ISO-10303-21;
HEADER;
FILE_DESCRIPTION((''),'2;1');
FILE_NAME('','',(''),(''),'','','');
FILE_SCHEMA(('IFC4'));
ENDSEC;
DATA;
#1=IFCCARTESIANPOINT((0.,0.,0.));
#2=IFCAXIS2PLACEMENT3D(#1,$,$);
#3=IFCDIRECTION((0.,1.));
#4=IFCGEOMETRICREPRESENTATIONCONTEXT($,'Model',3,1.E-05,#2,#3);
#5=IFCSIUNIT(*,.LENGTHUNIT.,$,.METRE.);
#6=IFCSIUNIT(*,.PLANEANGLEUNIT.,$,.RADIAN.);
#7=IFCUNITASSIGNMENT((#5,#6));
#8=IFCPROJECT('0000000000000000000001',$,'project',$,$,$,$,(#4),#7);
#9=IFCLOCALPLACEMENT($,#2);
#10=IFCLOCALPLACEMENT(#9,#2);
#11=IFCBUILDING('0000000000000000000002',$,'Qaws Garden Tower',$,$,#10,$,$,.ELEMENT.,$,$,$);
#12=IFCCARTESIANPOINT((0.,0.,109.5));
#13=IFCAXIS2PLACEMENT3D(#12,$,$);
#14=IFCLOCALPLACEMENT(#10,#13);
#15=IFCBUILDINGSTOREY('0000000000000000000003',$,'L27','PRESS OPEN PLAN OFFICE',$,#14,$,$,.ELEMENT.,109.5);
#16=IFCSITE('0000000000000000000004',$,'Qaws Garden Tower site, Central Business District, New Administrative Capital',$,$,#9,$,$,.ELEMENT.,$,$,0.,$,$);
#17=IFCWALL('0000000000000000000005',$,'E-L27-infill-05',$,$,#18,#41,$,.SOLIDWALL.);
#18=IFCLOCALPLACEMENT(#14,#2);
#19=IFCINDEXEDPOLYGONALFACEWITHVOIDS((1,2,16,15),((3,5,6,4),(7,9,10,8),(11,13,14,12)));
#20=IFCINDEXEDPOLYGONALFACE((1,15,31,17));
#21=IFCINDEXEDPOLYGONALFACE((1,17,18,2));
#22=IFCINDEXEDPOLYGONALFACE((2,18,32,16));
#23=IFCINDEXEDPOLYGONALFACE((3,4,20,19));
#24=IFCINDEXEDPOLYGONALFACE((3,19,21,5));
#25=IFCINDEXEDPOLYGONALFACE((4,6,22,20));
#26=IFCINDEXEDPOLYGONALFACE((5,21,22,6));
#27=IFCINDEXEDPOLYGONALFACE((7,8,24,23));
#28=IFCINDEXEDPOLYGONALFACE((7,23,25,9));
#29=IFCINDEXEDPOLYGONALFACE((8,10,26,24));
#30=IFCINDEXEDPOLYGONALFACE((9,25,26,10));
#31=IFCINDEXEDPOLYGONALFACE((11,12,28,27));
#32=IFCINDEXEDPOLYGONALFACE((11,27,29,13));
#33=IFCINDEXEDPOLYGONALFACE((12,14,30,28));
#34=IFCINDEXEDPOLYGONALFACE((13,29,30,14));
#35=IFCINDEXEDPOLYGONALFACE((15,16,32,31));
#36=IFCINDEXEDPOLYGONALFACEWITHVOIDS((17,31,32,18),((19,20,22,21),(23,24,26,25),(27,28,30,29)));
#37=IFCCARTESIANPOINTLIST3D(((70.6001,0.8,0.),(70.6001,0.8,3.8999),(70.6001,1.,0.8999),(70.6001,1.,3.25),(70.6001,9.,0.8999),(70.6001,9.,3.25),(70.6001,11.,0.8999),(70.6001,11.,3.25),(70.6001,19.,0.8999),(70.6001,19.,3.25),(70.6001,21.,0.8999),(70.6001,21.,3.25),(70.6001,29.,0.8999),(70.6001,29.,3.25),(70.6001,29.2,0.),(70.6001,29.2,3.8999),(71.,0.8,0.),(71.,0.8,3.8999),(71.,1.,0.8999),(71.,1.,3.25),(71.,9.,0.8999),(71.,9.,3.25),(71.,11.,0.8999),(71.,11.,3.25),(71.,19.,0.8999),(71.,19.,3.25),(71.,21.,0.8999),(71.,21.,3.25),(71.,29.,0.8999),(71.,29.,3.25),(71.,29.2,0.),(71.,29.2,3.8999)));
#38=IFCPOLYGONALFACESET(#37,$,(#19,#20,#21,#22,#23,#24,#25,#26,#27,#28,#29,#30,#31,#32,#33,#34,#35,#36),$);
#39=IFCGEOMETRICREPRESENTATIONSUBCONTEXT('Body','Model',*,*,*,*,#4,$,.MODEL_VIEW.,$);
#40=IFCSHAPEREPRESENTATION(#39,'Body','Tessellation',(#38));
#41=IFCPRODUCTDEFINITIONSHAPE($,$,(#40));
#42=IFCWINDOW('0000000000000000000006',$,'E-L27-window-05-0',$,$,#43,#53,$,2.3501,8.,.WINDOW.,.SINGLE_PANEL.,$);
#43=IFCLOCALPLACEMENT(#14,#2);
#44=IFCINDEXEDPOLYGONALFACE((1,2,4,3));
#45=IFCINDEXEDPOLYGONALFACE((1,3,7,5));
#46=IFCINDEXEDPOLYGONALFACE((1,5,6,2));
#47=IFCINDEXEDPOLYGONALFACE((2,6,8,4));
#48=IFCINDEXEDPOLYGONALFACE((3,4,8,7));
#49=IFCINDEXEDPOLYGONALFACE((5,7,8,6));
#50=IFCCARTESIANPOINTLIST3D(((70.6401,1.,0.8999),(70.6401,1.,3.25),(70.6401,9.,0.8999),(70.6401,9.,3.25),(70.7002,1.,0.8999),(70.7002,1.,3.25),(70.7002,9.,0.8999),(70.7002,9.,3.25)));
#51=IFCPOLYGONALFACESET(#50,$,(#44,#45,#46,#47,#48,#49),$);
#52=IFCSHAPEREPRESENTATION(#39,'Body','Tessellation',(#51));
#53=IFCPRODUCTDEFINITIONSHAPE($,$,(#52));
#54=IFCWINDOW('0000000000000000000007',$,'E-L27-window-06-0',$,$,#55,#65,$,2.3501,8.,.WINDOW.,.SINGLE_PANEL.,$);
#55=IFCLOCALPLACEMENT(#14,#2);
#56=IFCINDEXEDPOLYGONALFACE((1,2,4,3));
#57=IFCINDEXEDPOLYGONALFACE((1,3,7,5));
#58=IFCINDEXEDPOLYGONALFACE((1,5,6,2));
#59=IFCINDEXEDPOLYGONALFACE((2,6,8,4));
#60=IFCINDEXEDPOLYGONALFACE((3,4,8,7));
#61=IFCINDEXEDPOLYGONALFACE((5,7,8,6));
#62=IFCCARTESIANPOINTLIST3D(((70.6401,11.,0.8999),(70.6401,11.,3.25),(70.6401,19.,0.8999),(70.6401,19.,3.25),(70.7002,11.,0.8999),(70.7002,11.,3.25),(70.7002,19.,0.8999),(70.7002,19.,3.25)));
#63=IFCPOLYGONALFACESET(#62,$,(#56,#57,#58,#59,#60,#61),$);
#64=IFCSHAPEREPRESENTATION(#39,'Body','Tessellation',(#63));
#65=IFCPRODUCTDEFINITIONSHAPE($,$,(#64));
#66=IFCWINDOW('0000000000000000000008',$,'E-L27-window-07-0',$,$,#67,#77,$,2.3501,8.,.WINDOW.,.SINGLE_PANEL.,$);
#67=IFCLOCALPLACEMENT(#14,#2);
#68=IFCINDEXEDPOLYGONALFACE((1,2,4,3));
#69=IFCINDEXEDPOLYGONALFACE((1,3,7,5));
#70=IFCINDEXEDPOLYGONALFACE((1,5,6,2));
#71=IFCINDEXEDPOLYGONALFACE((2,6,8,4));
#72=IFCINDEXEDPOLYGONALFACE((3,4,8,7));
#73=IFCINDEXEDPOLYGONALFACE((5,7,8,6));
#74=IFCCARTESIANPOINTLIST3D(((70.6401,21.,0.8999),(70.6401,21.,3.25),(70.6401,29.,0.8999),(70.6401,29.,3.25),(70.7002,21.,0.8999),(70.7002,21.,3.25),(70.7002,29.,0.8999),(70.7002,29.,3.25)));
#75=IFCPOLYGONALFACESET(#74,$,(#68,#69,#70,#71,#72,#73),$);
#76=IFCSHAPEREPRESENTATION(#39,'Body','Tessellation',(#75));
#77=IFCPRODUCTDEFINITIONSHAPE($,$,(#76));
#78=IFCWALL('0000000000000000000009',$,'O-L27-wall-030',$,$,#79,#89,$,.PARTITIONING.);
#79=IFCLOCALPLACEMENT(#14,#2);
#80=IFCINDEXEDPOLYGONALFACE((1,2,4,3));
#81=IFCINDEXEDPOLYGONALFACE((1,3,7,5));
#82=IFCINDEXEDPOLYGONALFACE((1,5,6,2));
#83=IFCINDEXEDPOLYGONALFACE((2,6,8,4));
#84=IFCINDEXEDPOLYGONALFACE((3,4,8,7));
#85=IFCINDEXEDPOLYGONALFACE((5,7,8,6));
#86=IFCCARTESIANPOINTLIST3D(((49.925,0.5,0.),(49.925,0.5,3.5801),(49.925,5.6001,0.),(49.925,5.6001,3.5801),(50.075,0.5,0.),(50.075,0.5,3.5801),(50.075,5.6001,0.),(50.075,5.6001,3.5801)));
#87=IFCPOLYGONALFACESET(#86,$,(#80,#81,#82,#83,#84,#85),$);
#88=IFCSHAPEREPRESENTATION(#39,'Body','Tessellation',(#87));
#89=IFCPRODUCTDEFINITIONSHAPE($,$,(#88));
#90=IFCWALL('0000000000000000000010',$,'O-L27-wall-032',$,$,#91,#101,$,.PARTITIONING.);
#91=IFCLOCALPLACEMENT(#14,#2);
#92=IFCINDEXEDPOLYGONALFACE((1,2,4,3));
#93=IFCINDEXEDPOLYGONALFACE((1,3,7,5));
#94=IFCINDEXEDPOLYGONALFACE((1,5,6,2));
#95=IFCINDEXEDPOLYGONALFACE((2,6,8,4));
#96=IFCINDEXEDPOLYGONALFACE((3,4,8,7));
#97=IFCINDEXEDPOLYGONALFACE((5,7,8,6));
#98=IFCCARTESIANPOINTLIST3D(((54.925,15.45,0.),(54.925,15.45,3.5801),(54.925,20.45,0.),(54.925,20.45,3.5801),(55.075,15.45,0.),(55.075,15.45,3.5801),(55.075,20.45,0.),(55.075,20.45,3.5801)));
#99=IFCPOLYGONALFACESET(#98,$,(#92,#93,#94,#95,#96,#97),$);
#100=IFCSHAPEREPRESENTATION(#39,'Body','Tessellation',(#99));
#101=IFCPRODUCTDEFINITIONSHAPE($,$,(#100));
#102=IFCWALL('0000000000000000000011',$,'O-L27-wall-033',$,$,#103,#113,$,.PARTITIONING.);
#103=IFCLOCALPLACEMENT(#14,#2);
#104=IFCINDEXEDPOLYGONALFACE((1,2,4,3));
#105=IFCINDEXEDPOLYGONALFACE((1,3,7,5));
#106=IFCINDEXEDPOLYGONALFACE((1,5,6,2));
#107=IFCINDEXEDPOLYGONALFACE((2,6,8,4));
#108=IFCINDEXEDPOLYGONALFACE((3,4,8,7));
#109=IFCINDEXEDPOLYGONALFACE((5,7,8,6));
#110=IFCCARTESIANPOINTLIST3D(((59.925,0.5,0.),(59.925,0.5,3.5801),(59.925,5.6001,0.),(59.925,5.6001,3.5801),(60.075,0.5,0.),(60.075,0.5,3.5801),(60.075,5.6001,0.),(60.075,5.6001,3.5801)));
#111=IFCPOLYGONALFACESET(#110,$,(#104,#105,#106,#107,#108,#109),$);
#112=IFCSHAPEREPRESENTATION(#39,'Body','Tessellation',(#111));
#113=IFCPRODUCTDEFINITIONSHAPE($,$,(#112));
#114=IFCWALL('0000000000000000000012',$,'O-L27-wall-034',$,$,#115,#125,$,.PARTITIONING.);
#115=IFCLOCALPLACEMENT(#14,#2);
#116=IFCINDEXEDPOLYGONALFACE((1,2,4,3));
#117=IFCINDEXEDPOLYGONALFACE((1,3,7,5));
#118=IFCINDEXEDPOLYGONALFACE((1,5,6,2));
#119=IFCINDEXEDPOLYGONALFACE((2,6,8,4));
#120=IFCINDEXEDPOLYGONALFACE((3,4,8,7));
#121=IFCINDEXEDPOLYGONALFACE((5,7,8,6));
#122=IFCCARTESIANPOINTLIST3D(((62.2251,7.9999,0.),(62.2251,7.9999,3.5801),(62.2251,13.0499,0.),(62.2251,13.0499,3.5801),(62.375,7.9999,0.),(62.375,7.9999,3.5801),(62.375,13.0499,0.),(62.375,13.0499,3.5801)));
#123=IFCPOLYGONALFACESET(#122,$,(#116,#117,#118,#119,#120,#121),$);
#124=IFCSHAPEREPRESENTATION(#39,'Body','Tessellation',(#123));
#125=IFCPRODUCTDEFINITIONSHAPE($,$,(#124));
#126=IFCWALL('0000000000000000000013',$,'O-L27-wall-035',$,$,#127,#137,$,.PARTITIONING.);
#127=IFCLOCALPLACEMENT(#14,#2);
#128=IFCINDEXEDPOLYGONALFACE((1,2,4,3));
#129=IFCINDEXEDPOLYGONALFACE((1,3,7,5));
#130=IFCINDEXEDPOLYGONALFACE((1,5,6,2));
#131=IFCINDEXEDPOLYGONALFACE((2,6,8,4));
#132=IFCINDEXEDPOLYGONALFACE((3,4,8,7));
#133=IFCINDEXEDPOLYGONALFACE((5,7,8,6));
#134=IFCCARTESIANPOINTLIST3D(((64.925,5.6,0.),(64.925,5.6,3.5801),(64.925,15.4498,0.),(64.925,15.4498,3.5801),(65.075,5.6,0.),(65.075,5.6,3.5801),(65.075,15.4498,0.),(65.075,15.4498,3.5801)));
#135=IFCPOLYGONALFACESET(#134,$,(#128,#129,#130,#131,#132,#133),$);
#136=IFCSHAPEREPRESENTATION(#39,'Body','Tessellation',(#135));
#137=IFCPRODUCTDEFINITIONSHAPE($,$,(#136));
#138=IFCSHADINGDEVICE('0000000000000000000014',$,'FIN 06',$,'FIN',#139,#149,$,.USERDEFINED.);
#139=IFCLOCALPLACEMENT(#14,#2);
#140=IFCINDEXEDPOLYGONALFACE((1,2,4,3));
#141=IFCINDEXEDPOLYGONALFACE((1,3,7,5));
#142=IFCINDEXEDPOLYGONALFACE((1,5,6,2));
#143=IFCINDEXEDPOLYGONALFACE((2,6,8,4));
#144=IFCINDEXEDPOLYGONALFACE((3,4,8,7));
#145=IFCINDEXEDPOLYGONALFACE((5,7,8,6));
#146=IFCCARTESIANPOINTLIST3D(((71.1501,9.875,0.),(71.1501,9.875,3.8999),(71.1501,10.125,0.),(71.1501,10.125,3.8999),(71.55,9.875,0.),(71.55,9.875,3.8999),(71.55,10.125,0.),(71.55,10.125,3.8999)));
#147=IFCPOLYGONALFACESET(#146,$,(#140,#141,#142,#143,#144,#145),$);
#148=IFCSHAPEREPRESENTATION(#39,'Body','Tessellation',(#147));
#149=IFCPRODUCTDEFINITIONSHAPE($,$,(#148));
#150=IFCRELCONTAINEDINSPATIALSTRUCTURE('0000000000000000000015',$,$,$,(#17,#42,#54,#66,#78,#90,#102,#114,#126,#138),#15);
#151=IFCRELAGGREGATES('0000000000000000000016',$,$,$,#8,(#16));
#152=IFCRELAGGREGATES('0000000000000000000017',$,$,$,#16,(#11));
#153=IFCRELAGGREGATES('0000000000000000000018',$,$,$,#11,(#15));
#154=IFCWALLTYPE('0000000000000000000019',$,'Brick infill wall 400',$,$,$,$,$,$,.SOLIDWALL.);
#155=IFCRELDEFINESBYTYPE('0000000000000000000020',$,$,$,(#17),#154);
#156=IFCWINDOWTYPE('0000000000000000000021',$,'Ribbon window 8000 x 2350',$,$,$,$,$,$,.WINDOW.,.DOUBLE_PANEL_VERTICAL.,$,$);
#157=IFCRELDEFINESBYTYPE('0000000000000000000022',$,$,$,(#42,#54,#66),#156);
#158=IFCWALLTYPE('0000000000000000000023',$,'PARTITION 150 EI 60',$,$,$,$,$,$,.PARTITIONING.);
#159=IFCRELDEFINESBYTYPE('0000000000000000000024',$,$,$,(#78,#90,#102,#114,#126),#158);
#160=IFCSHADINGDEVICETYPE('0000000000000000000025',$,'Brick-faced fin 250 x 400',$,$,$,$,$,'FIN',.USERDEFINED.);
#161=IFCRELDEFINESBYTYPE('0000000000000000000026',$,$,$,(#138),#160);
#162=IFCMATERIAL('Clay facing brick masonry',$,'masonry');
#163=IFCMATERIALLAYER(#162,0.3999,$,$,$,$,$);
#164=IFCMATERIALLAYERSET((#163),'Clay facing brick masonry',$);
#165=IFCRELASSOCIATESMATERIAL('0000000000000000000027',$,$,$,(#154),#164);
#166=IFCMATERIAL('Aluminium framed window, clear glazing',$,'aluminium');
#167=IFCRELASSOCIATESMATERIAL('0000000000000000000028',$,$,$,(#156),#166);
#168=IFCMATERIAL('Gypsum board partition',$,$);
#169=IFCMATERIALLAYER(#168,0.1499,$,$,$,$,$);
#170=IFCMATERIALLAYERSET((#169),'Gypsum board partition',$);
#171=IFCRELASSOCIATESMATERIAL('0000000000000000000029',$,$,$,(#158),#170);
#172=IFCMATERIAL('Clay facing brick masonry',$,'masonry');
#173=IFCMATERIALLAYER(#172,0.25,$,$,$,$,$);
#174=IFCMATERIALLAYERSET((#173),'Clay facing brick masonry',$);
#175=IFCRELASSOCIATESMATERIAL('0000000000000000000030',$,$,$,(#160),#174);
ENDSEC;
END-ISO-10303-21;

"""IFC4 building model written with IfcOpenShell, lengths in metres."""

from ifc_helpers import new_model, si_unit, direction, frame, frame_2d, origin, origin_2d, place, context, subcontext, project, spatial, rectangle, extrude, material, layer, layer_set, type_object, element, fill, save


model = new_model("IFC4")

# Units and contexts
model_context = context("Model", 3, precision=1e-05, world=origin(), true_north=direction((0.0, 1.0)))
body_context = subcontext(model_context, "Body", "Model", "MODEL_VIEW")
ifc_project = project(units=[si_unit("LENGTHUNIT", "METRE"), si_unit("PLANEANGLEUNIT", "RADIAN")], contexts=[model_context])

# Site, building, storey
site_placement = place(None, origin())
site = spatial("IfcSite", under=ifc_project, at=site_placement, Name="Qaws Garden Tower site, Central Business District, New Administrative Capital", CompositionType="ELEMENT", RefElevation=0.0)
building_placement = place(site_placement, origin())
building = spatial("IfcBuilding", under=site, at=building_placement, Name="Qaws Garden Tower", CompositionType="ELEMENT")
storey_placement = place(building_placement, frame((0.0, 0.0, 109.5)))
storey = spatial("IfcBuildingStorey", under=building, at=storey_placement, Name="L27", Description="PRESS OPEN PLAN OFFICE", CompositionType="ELEMENT", Elevation=109.5)

# Wall, openings, windows
ifc_material_1 = material(Name="Clay facing brick masonry", Category="masonry")
ifc_layer_1 = layer(ifc_material_1, 0.3999)
ifc_layer_set_1 = layer_set([ifc_layer_1], Name="Clay facing brick masonry")
wall_type_1 = type_object("IfcWallType", Name="Brick infill wall 400", PredefinedType="SOLIDWALL", material=ifc_layer_set_1)
wall_1_placement = place(storey_placement, frame((70.8, 0.8, 0.0), z_axis=(0.0, 0.0, 1.0), x_axis=(0.0, 1.0, 0.0)))
wall_1 = element("IfcWall", 1, at=wall_1_placement, inside=storey, type_object=wall_type_1, Name="E-L27-infill-05", PredefinedType="SOLIDWALL", context=body_context, shape_type="SweptSolid", body=[
    extrude(rectangle(XDim=28.3999, YDim=0.3999, at=frame_2d((14.2, 0.0))), origin(), (0.0, 0.0, 1.0), 3.8999),
])
opening_1_placement = place(wall_1_placement, frame((0.2, 0.0, 0.8999)))
opening_1 = element("IfcOpeningElement", 2, at=opening_1_placement, cuts=wall_1, PredefinedType="OPENING", context=body_context, shape_type="SweptSolid", body=[
    extrude(rectangle(XDim=8.0, YDim=2.3501, at=frame_2d((4.0, 1.175))), frame((0.0, 0.21, 0.0), z_axis=(0.0, -1.0, 0.0), x_axis=(1.0, 0.0, 0.0)), (0.0, 0.0, 1.0), 0.4199),
])
opening_2_placement = place(wall_1_placement, frame((10.2, 0.0, 0.8999)))
opening_2 = element("IfcOpeningElement", 3, at=opening_2_placement, cuts=wall_1, PredefinedType="OPENING", context=body_context, shape_type="SweptSolid", body=[
    extrude(rectangle(XDim=8.0, YDim=2.3501, at=frame_2d((4.0, 1.175))), frame((0.0, 0.21, 0.0), z_axis=(0.0, -1.0, 0.0), x_axis=(1.0, 0.0, 0.0)), (0.0, 0.0, 1.0), 0.4199),
])
opening_3_placement = place(wall_1_placement, frame((20.2, 0.0, 0.8999)))
opening_3 = element("IfcOpeningElement", 4, at=opening_3_placement, cuts=wall_1, PredefinedType="OPENING", context=body_context, shape_type="SweptSolid", body=[
    extrude(rectangle(XDim=8.0, YDim=2.3501, at=frame_2d((4.0, 1.175))), frame((0.0, 0.21, 0.0), z_axis=(0.0, -1.0, 0.0), x_axis=(1.0, 0.0, 0.0)), (0.0, 0.0, 1.0), 0.4199),
])
ifc_material_2 = material(Name="Aluminium framed window, clear glazing", Category="aluminium")
window_type = type_object("IfcWindowType", Name="Ribbon window 8000 x 2350", PartitioningType="DOUBLE_PANEL_VERTICAL", PredefinedType="WINDOW", material=ifc_material_2)
window_1_placement = place(opening_1_placement, origin())
window_1 = element("IfcWindow", 5, at=window_1_placement, inside=storey, type_object=window_type, Name="E-L27-window-05-0", OverallHeight=2.3501, OverallWidth=8.0, PartitioningType="SINGLE_PANEL", PredefinedType="WINDOW", context=body_context, shape_type="SweptSolid", body=[
    extrude(rectangle(XDim=8.0, YDim=2.3501, at=frame_2d((4.0, 1.175))), frame((0.0, 0.1599, 0.0), z_axis=(0.0, -1.0, 0.0), x_axis=(1.0, 0.0, 0.0)), (0.0, 0.0, 1.0), 0.0601),
])
fill(opening_1, window_1)
window_2_placement = place(opening_2_placement, origin())
window_2 = element("IfcWindow", 6, at=window_2_placement, inside=storey, type_object=window_type, Name="E-L27-window-06-0", OverallHeight=2.3501, OverallWidth=8.0, PartitioningType="SINGLE_PANEL", PredefinedType="WINDOW", context=body_context, shape_type="SweptSolid", body=[
    extrude(rectangle(XDim=8.0, YDim=2.3501, at=frame_2d((4.0, 1.175))), frame((0.0, 0.1599, 0.0), z_axis=(0.0, -1.0, 0.0), x_axis=(1.0, 0.0, 0.0)), (0.0, 0.0, 1.0), 0.0601),
])
fill(opening_2, window_2)
window_3_placement = place(opening_3_placement, origin())
window_3 = element("IfcWindow", 7, at=window_3_placement, inside=storey, type_object=window_type, Name="E-L27-window-07-0", OverallHeight=2.3501, OverallWidth=8.0, PartitioningType="SINGLE_PANEL", PredefinedType="WINDOW", context=body_context, shape_type="SweptSolid", body=[
    extrude(rectangle(XDim=8.0, YDim=2.3501, at=frame_2d((4.0, 1.175))), frame((0.0, 0.1599, 0.0), z_axis=(0.0, -1.0, 0.0), x_axis=(1.0, 0.0, 0.0)), (0.0, 0.0, 1.0), 0.0601),
])
fill(opening_3, window_3)

# Walls
ifc_material_3 = material(Name="Gypsum board partition")
ifc_layer_2 = layer(ifc_material_3, 0.1499)
ifc_layer_set_2 = layer_set([ifc_layer_2], Name="Gypsum board partition")
wall_type_2 = type_object("IfcWallType", Name="PARTITION 150 EI 60", PredefinedType="PARTITIONING", material=ifc_layer_set_2)
wall_2_placement = place(storey_placement, frame((50.0, 0.5, 0.0), z_axis=(0.0, 0.0, 1.0), x_axis=(0.0, 1.0, 0.0)))
element("IfcWall", 8, at=wall_2_placement, inside=storey, type_object=wall_type_2, Name="O-L27-wall-030", PredefinedType="PARTITIONING", context=body_context, shape_type="SweptSolid", body=[
    extrude(rectangle(XDim=5.1001, YDim=0.1499, at=frame_2d((2.55, 0.0))), origin(), (0.0, 0.0, 1.0), 3.5801),
])
wall_3_placement = place(storey_placement, frame((55.0, 15.45, 0.0), z_axis=(0.0, 0.0, 1.0), x_axis=(0.0, 1.0, 0.0)))
element("IfcWall", 9, at=wall_3_placement, inside=storey, type_object=wall_type_2, Name="O-L27-wall-032", PredefinedType="PARTITIONING", context=body_context, shape_type="SweptSolid", body=[
    extrude(rectangle(XDim=5.0, YDim=0.1499, at=frame_2d((2.5, 0.0))), origin(), (0.0, 0.0, 1.0), 3.5801),
])
wall_4_placement = place(storey_placement, frame((60.0, 0.5, 0.0), z_axis=(0.0, 0.0, 1.0), x_axis=(0.0, 1.0, 0.0)))
element("IfcWall", 10, at=wall_4_placement, inside=storey, type_object=wall_type_2, Name="O-L27-wall-033", PredefinedType="PARTITIONING", context=body_context, shape_type="SweptSolid", body=[
    extrude(rectangle(XDim=5.1001, YDim=0.1499, at=frame_2d((2.55, 0.0))), origin(), (0.0, 0.0, 1.0), 3.5801),
])
wall_5_placement = place(storey_placement, frame((62.3, 8.0, 0.0), z_axis=(0.0, 0.0, 1.0), x_axis=(0.0, 1.0, 0.0)))
element("IfcWall", 11, at=wall_5_placement, inside=storey, type_object=wall_type_2, Name="O-L27-wall-034", PredefinedType="PARTITIONING", context=body_context, shape_type="SweptSolid", body=[
    extrude(rectangle(XDim=5.05, YDim=0.1499, at=frame_2d((2.5249, 0.0))), origin(), (0.0, 0.0, 1.0), 3.5801),
])
wall_6_placement = place(storey_placement, frame((65.0, 5.6001, 0.0), z_axis=(0.0, 0.0, 1.0), x_axis=(0.0, 1.0, 0.0)))
element("IfcWall", 12, at=wall_6_placement, inside=storey, type_object=wall_type_2, Name="O-L27-wall-035", PredefinedType="PARTITIONING", context=body_context, shape_type="SweptSolid", body=[
    extrude(rectangle(XDim=9.8499, YDim=0.1499, at=frame_2d((4.9248, 0.0))), origin(), (0.0, 0.0, 1.0), 3.5801),
])

# Shading device
ifc_material_4 = material(Name="Clay facing brick masonry", Category="masonry")
ifc_layer_3 = layer(ifc_material_4, 0.25)
ifc_layer_set_3 = layer_set([ifc_layer_3], Name="Clay facing brick masonry")
shading_device_type = type_object("IfcShadingDeviceType", Name="Brick-faced fin 250 x 400", ElementType="FIN", PredefinedType="USERDEFINED", material=ifc_layer_set_3)
shading_device_placement = place(storey_placement, frame((71.3501, 10.0, 0.0), z_axis=(0.0, 0.0, 1.0), x_axis=(0.0, 1.0, 0.0)))
element("IfcShadingDevice", 13, at=shading_device_placement, inside=storey, type_object=shading_device_type, Name="FIN 06", ObjectType="FIN", PredefinedType="USERDEFINED", context=body_context, shape_type="SweptSolid", body=[
    extrude(rectangle(XDim=0.25, YDim=0.3999, at=origin_2d()), origin(), (0.0, 0.0, 1.0), 3.8999),
])

save(model, "model.ifc")
